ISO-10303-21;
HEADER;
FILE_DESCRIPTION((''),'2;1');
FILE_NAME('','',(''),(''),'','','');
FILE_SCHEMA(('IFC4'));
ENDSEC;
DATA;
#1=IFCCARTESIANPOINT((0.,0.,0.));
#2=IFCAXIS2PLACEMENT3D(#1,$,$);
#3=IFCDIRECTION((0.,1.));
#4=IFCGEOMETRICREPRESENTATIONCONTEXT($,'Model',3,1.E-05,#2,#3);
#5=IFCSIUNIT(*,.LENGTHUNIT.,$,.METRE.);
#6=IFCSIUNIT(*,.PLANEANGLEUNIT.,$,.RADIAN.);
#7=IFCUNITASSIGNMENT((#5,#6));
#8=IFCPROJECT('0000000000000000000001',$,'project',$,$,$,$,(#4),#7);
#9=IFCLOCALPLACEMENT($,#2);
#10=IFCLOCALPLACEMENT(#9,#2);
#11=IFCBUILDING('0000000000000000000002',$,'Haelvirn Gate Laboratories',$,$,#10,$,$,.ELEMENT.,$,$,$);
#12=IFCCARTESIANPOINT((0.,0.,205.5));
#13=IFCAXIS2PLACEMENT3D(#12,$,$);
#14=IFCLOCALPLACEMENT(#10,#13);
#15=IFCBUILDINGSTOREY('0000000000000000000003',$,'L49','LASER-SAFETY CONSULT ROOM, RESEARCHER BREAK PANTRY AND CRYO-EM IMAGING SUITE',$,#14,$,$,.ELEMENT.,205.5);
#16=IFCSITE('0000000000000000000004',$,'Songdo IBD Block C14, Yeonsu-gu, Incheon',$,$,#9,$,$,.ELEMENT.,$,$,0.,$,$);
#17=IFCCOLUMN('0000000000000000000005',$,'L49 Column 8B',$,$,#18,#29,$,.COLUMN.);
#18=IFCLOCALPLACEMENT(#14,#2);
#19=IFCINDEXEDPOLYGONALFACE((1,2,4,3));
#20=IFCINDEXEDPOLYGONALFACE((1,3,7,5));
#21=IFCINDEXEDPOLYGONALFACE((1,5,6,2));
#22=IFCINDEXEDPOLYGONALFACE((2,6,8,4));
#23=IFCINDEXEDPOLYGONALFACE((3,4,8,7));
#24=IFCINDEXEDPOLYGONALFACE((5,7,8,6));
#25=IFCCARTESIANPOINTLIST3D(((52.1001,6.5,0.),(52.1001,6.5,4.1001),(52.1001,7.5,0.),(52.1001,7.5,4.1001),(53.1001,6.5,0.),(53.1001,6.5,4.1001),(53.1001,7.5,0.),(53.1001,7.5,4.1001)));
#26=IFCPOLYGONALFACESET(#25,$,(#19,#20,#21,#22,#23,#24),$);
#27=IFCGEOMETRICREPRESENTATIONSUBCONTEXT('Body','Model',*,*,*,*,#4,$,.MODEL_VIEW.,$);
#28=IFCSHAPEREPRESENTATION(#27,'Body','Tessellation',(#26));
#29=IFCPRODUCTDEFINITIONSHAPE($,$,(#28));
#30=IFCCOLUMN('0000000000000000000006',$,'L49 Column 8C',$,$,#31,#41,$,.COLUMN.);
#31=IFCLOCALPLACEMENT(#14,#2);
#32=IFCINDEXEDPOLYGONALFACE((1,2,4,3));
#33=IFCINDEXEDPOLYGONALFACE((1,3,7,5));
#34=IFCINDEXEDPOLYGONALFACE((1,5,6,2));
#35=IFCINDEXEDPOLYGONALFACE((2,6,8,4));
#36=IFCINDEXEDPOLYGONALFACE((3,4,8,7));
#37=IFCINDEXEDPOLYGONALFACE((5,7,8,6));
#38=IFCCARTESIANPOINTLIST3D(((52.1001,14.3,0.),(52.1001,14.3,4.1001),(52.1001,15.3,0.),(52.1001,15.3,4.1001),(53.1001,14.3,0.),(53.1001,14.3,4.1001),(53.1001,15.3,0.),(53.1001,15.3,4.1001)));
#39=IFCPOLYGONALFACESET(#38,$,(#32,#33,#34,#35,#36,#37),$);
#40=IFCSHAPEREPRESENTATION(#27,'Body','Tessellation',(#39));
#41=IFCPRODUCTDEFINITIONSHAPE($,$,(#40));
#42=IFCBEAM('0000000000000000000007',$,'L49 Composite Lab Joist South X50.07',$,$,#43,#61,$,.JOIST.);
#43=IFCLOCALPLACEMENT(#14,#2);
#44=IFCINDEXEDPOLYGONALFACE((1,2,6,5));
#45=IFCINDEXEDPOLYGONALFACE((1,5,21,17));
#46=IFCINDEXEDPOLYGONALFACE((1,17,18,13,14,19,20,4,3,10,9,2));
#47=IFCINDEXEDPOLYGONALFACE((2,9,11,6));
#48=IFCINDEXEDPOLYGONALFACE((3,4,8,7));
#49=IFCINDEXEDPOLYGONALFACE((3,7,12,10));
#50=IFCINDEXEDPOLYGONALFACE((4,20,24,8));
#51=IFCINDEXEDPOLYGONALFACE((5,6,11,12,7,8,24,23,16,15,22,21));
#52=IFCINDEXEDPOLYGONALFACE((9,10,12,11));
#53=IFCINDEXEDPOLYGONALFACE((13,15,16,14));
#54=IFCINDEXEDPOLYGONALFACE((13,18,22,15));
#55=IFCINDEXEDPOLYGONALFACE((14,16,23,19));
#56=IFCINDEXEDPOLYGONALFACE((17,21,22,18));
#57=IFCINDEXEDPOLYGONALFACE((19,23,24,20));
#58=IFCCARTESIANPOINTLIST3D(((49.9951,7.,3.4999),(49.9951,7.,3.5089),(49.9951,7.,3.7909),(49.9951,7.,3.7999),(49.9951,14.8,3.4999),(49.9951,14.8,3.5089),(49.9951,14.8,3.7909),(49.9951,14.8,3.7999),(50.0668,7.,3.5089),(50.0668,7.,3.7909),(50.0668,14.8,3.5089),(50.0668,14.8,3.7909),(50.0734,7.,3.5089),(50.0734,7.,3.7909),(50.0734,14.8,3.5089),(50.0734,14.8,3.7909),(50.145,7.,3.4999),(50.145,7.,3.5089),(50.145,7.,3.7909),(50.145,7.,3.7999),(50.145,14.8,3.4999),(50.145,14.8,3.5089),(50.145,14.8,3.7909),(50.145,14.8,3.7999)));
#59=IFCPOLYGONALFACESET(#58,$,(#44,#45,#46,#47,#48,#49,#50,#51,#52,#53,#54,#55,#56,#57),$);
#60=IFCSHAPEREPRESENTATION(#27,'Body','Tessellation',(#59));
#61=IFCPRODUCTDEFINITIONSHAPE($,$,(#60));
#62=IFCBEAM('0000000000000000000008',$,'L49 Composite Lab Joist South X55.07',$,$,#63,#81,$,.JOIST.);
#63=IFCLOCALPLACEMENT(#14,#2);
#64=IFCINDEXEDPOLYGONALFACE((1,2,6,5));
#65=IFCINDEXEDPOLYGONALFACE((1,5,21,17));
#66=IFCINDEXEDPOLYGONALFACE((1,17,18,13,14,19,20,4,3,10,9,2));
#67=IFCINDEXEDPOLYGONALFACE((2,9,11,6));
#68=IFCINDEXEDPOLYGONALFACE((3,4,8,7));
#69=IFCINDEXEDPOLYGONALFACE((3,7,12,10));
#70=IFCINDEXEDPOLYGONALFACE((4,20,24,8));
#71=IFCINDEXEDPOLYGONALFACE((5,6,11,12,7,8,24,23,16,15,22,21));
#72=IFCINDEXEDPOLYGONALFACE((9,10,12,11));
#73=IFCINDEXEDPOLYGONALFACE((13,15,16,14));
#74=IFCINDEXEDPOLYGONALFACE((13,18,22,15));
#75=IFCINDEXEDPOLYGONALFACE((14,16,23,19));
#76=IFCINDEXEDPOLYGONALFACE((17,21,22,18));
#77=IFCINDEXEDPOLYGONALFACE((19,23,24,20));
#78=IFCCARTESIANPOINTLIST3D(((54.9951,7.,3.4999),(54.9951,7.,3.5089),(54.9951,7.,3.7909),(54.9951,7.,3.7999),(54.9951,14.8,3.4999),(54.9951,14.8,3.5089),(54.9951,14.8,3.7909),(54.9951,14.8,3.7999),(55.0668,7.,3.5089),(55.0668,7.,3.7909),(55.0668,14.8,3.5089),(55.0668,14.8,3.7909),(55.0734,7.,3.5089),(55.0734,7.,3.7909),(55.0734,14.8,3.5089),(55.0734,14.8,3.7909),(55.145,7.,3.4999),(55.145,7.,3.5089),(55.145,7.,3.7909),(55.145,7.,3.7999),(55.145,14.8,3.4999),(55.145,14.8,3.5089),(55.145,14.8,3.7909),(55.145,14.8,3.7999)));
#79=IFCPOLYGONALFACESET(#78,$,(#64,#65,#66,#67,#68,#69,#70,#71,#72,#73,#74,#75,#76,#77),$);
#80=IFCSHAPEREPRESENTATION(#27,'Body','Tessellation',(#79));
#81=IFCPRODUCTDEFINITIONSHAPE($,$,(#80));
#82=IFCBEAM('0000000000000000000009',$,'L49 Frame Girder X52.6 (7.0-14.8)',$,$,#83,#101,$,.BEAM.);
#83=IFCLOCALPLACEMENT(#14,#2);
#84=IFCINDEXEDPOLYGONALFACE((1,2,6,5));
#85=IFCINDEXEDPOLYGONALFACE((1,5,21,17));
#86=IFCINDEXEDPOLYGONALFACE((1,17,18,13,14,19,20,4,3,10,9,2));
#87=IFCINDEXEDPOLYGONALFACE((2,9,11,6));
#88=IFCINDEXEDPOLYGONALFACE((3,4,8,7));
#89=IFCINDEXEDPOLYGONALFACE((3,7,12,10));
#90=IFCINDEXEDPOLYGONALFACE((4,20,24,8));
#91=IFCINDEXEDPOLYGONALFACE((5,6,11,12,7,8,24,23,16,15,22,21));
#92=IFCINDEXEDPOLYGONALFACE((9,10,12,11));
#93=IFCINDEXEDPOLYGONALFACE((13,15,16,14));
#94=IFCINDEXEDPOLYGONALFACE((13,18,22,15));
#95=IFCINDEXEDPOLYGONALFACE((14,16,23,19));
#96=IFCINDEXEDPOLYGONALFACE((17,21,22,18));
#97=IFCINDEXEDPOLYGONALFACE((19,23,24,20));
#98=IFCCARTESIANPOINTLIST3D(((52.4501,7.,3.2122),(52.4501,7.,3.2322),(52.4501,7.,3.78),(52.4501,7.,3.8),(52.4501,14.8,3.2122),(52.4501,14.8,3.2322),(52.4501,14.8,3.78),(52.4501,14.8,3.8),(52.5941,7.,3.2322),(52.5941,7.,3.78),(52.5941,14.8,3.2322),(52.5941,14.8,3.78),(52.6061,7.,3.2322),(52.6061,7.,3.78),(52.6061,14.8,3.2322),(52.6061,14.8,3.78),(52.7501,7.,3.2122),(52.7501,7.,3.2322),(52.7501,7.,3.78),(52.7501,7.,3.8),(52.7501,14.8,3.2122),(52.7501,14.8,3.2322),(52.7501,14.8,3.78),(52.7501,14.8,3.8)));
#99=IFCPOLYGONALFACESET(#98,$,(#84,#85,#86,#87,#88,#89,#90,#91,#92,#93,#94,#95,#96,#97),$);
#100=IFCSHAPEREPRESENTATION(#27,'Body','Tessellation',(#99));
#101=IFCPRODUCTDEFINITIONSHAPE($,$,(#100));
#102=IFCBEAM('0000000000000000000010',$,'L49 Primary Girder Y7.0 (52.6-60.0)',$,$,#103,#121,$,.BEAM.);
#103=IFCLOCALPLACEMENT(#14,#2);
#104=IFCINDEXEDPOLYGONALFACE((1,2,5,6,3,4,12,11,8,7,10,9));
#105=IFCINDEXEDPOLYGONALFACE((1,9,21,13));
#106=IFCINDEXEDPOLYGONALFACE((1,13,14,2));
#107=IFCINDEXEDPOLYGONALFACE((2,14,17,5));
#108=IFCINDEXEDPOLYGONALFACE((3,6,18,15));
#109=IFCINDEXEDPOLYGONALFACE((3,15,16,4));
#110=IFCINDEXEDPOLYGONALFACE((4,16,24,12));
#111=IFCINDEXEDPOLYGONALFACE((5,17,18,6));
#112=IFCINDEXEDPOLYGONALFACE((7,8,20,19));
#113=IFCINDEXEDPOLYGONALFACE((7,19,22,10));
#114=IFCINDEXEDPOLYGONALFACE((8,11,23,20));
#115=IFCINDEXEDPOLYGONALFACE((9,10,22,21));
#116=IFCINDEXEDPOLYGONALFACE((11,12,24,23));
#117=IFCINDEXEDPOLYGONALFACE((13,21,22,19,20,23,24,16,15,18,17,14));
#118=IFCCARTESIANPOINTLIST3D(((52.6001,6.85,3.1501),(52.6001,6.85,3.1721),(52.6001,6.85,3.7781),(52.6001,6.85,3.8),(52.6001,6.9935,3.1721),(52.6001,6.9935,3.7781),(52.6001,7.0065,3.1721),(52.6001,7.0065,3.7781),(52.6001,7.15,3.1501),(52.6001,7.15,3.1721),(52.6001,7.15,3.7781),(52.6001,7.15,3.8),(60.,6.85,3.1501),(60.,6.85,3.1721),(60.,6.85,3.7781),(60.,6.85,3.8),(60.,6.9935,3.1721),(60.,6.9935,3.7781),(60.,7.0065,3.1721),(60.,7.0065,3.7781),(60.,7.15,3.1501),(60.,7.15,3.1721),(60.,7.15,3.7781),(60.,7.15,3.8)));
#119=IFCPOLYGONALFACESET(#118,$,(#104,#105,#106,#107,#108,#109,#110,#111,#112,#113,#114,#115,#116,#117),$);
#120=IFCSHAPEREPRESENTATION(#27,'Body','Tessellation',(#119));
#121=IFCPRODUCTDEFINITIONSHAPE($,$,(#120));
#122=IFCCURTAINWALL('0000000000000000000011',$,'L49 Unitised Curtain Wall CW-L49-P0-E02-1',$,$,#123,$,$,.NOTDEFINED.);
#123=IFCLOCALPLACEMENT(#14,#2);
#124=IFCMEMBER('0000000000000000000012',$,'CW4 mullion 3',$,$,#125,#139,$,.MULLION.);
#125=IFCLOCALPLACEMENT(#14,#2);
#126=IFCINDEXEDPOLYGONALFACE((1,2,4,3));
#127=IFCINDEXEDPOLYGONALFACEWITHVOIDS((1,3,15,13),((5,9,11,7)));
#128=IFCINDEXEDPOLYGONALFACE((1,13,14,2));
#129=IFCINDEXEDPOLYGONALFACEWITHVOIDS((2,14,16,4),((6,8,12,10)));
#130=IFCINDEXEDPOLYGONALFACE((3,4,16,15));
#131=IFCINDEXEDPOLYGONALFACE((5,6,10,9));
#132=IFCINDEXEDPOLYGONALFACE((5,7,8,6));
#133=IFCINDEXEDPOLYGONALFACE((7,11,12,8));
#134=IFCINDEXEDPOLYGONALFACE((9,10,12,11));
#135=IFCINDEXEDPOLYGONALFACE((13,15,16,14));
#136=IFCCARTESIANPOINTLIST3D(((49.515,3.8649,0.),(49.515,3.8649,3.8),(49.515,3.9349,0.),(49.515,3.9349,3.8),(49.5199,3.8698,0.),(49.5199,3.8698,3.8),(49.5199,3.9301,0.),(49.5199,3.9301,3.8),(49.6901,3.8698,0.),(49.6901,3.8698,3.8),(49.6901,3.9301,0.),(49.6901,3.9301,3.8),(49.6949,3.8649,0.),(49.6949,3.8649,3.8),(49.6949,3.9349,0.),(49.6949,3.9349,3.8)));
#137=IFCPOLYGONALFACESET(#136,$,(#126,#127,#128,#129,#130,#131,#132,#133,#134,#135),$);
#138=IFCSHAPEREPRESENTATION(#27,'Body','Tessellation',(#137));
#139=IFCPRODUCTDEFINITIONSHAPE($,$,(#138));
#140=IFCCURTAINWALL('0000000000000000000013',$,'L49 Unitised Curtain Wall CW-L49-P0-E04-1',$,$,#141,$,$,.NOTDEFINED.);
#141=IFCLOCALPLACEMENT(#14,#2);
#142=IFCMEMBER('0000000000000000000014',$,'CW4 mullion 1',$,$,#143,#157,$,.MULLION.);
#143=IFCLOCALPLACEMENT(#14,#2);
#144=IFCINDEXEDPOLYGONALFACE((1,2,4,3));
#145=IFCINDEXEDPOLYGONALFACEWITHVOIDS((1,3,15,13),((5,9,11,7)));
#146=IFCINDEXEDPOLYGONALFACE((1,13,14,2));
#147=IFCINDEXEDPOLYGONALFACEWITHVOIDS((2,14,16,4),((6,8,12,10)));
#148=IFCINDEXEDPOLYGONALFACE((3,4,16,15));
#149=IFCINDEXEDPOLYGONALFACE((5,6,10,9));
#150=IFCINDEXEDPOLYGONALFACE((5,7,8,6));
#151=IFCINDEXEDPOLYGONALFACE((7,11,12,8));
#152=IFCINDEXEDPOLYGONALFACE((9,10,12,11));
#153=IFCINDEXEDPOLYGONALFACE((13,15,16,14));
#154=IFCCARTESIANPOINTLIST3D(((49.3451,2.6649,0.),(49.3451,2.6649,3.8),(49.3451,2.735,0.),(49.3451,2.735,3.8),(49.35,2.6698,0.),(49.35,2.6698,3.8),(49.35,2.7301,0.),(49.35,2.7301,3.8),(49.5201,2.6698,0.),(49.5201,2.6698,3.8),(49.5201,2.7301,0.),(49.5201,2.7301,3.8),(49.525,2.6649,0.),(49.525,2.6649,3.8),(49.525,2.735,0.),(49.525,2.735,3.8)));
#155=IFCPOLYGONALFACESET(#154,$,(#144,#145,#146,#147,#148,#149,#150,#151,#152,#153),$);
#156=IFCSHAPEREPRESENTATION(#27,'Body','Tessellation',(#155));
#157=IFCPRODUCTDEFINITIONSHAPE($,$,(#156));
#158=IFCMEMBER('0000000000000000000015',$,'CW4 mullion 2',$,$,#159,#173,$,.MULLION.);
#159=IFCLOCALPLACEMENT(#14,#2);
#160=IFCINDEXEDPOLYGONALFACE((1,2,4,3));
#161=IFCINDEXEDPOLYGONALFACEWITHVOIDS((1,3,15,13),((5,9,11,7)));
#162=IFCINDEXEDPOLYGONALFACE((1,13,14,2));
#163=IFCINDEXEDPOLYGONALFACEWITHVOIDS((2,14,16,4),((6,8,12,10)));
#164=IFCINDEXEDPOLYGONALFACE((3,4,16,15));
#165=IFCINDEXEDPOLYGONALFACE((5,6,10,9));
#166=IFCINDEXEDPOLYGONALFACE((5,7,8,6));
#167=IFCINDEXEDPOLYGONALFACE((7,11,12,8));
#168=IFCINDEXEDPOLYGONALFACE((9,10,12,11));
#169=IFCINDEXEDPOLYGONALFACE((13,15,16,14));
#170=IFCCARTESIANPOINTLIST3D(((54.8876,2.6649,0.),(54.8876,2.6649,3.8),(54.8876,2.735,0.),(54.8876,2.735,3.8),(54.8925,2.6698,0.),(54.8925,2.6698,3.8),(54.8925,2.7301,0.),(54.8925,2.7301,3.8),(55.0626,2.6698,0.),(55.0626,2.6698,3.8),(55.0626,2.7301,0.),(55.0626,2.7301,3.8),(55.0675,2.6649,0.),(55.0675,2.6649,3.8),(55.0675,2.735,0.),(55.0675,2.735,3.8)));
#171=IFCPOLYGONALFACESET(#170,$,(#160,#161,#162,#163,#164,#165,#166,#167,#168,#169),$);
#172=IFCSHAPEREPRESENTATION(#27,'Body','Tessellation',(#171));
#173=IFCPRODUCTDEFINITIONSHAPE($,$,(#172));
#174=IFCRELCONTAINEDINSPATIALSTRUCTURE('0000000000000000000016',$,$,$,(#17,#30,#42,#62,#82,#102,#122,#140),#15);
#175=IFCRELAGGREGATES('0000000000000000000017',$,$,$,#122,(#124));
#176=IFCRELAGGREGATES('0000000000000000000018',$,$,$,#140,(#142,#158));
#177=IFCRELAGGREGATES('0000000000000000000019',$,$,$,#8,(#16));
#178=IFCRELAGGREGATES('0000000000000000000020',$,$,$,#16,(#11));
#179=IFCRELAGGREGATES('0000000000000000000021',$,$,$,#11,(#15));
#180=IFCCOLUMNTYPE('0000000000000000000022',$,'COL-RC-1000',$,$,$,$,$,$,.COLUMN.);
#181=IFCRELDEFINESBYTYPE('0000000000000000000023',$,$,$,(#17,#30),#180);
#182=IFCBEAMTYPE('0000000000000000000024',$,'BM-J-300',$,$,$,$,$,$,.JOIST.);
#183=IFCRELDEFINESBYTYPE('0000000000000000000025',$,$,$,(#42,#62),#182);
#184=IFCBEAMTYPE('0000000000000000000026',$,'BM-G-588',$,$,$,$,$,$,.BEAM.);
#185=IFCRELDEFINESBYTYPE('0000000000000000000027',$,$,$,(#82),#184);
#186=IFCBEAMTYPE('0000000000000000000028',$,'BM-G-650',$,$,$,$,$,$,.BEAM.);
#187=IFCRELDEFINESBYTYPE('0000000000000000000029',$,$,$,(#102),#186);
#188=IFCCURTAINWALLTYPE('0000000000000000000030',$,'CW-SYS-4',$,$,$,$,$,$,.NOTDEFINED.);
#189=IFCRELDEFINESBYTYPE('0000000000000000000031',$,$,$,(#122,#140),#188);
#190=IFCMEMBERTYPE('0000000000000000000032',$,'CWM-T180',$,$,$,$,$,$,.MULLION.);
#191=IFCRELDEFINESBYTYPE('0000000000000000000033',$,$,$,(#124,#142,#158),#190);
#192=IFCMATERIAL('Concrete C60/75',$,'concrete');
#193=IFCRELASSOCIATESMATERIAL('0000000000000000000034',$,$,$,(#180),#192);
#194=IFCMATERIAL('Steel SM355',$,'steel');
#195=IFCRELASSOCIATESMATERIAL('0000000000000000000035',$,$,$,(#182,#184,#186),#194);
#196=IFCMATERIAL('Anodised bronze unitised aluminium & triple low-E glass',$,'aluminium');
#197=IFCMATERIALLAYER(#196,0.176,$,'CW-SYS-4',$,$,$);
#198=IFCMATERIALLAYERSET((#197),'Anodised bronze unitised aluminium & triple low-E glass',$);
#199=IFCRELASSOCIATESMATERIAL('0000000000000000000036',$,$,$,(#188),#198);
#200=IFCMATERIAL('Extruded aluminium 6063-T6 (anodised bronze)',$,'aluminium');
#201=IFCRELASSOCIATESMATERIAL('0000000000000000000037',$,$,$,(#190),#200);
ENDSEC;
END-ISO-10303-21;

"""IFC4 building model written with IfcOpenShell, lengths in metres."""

from ifc_helpers import new_model, si_unit, direction, frame, origin, origin_2d, place, context, subcontext, project, spatial, rectangle, hollow_rectangle, i_section, extrude, source, transform, mapped, material, layer, layer_set, material_profile, profile_set, type_object, type_shapes, element, aggregate, save


model = new_model("IFC4")

# Units and contexts
model_context = context("Model", 3, precision=1e-05, world=origin(), true_north=direction((0.0, 1.0)))
body_context = subcontext(model_context, "Body", "Model", "MODEL_VIEW")
ifc_project = project(units=[si_unit("LENGTHUNIT", "METRE"), si_unit("PLANEANGLEUNIT", "RADIAN")], contexts=[model_context])

# Site, building, storey
site_placement = place(None, origin())
site = spatial("IfcSite", under=ifc_project, at=site_placement, Name="Songdo IBD Block C14, Yeonsu-gu, Incheon", CompositionType="ELEMENT", RefElevation=0.0)
building_placement = place(site_placement, origin())
building = spatial("IfcBuilding", under=site, at=building_placement, Name="Haelvirn Gate Laboratories", CompositionType="ELEMENT")
storey_placement = place(building_placement, frame((0.0, 0.0, 205.5)))
storey = spatial("IfcBuildingStorey", under=building, at=storey_placement, Name="L49", Description="LASER-SAFETY CONSULT ROOM, RESEARCHER BREAK PANTRY AND CRYO-EM IMAGING SUITE", CompositionType="ELEMENT", Elevation=205.5)

# Columns
ifc_material_1 = material(Name="Concrete C60/75", Category="concrete")
ifc_material_profile_1 = material_profile(ifc_material_1, rectangle(XDim=1.0, YDim=1.0, at=origin_2d()), Name="RC-1000x1000")
ifc_profile_set_1 = profile_set([ifc_material_profile_1], Name="Concrete C60/75")
column_type = type_object("IfcColumnType", Name="COL-RC-1000", PredefinedType="COLUMN", material=ifc_profile_set_1)
shared_shape_1 = source(origin(), body_context, "Body", "SweptSolid", [
    extrude(rectangle(XDim=1.0, YDim=1.0, at=origin_2d()), origin(), (0.0, 0.0, 1.0), 4.1001),
])
type_shapes(column_type, [shared_shape_1])
for number, where, z_axis, x_axis, name in (
    (1, (52.6001, 7.0, 0.0), (0.0, 0.0, 1.0), (1.0, 0.0, 0.0), "L49 Column 8B"),
    (2, (52.6001, 14.8, 0.0), (0.0, 0.0, 1.0), (1.0, 0.0, 0.0), "L49 Column 8C"),
):
    element("IfcColumn", number, at=place(storey_placement, frame(where, z_axis=z_axis, x_axis=x_axis)), inside=storey, type_object=column_type, Name=name, PredefinedType="COLUMN", context=body_context, shape_type="MappedRepresentation", body=[
        mapped(shared_shape_1, transform((0.0, 0.0, 0.0), scale=1.0)),
    ])

# Beams
ifc_material_2 = material(Name="Steel SM355", Category="steel")
ifc_material_profile_2 = material_profile(ifc_material_2, i_section(OverallWidth=0.1499, OverallDepth=0.3, WebThickness=0.0066, FlangeThickness=0.009, at=origin_2d()), Name="H-300x150x6.5x9")
ifc_profile_set_2 = profile_set([ifc_material_profile_2], Name="Steel SM355")
beam_type_1 = type_object("IfcBeamType", Name="BM-J-300", PredefinedType="JOIST", material=ifc_profile_set_2)
shared_shape_2 = source(origin(), body_context, "Body", "SweptSolid", [
    extrude(i_section(OverallWidth=0.1499, OverallDepth=0.3, WebThickness=0.0066, FlangeThickness=0.009, at=origin_2d()), origin(), (0.0, 0.0, 1.0), 7.8),
])
type_shapes(beam_type_1, [shared_shape_2])
for number, where, z_axis, x_axis, name in (
    (3, (50.0701, 7.0, 3.6499), (0.0, 1.0, 0.0), (-1.0, 0.0, 0.0), "L49 Composite Lab Joist South X50.07"),
    (4, (55.0701, 7.0, 3.6499), (0.0, 1.0, 0.0), (-1.0, 0.0, 0.0), "L49 Composite Lab Joist South X55.07"),
):
    element("IfcBeam", number, at=place(storey_placement, frame(where, z_axis=z_axis, x_axis=x_axis)), inside=storey, type_object=beam_type_1, Name=name, PredefinedType="JOIST", context=body_context, shape_type="MappedRepresentation", body=[
        mapped(shared_shape_2, transform((0.0, 0.0, 0.0), scale=1.0)),
    ])
ifc_material_profile_3 = material_profile(ifc_material_2, i_section(OverallWidth=0.3, OverallDepth=0.5879, WebThickness=0.012, FlangeThickness=0.02, at=origin_2d()), Name="H-588x300x12x20")
ifc_profile_set_3 = profile_set([ifc_material_profile_3], Name="Steel SM355")
beam_type_2 = type_object("IfcBeamType", Name="BM-G-588", PredefinedType="BEAM", material=ifc_profile_set_3)
shared_shape_3 = source(origin(), body_context, "Body", "SweptSolid", [
    extrude(i_section(OverallWidth=0.3, OverallDepth=0.5879, WebThickness=0.012, FlangeThickness=0.02, at=origin_2d()), origin(), (0.0, 0.0, 1.0), 7.8),
])
type_shapes(beam_type_2, [shared_shape_3])
beam_1_placement = place(storey_placement, frame((52.6001, 7.0, 3.5061), z_axis=(0.0, 1.0, 0.0), x_axis=(-1.0, 0.0, 0.0)))
element("IfcBeam", 5, at=beam_1_placement, inside=storey, type_object=beam_type_2, Name="L49 Frame Girder X52.6 (7.0-14.8)", PredefinedType="BEAM", context=body_context, shape_type="MappedRepresentation", body=[
    mapped(shared_shape_3, transform((0.0, 0.0, 0.0), scale=1.0)),
])
ifc_material_profile_4 = material_profile(ifc_material_2, i_section(OverallWidth=0.3, OverallDepth=0.6499, WebThickness=0.0129, FlangeThickness=0.022, at=origin_2d()), Name="H-650x300x13x22")
ifc_profile_set_4 = profile_set([ifc_material_profile_4], Name="Steel SM355")
beam_type_3 = type_object("IfcBeamType", Name="BM-G-650", PredefinedType="BEAM", material=ifc_profile_set_4)
shared_shape_4 = source(origin(), body_context, "Body", "SweptSolid", [
    extrude(i_section(OverallWidth=0.3, OverallDepth=0.6499, WebThickness=0.0129, FlangeThickness=0.022, at=origin_2d()), origin(), (0.0, 0.0, 1.0), 7.3999),
])
type_shapes(beam_type_3, [shared_shape_4])
beam_2_placement = place(storey_placement, frame((52.6001, 7.0, 3.4751), z_axis=(1.0, 0.0, 0.0), x_axis=(0.0, 1.0, 0.0)))
element("IfcBeam", 6, at=beam_2_placement, inside=storey, type_object=beam_type_3, Name="L49 Primary Girder Y7.0 (52.6-60.0)", PredefinedType="BEAM", context=body_context, shape_type="MappedRepresentation", body=[
    mapped(shared_shape_4, transform((0.0, 0.0, 0.0), scale=1.0)),
])

# Curtain wall, member
ifc_material_3 = material(Name="Anodised bronze unitised aluminium & triple low-E glass", Category="aluminium")
ifc_layer_1 = layer(ifc_material_3, 0.176, Name="CW-SYS-4")
ifc_layer_set_1 = layer_set([ifc_layer_1], Name="Anodised bronze unitised aluminium & triple low-E glass")
curtain_wall_type = type_object("IfcCurtainWallType", Name="CW-SYS-4", PredefinedType="NOTDEFINED", material=ifc_layer_set_1)
curtain_wall_1_placement = place(storey_placement, origin())
curtain_wall_1 = element("IfcCurtainWall", 7, at=curtain_wall_1_placement, inside=storey, type_object=curtain_wall_type, Name="L49 Unitised Curtain Wall CW-L49-P0-E02-1", PredefinedType="NOTDEFINED")
ifc_material_4 = material(Name="Extruded aluminium 6063-T6 (anodised bronze)", Category="aluminium")
ifc_material_profile_5 = material_profile(ifc_material_4, hollow_rectangle(XDim=0.0701, YDim=0.1799, WallThickness=0.0049, at=origin_2d()), Name="CWM-180x70x5")
ifc_profile_set_5 = profile_set([ifc_material_profile_5], Name="Extruded aluminium 6063-T6 (anodised bronze)")
member_type_1 = type_object("IfcMemberType", Name="CWM-T180", PredefinedType="MULLION", material=ifc_profile_set_5)
shared_shape_5 = source(origin(), body_context, "Body", "SweptSolid", [
    extrude(hollow_rectangle(XDim=0.0701, YDim=0.1799, WallThickness=0.0049, at=origin_2d()), origin(), (0.0, 0.0, 1.0), 3.8),
])
type_shapes(member_type_1, [shared_shape_5])
member_1_placement = place(storey_placement, frame((49.605, 3.8999, 0.0), z_axis=(0.0, 0.0, 1.0), x_axis=(0.0, 1.0, 0.0)))
member_1 = element("IfcMember", 8, at=member_1_placement, type_object=member_type_1, Name="CW4 mullion 3", PredefinedType="MULLION", context=body_context, shape_type="MappedRepresentation", body=[
    mapped(shared_shape_5, transform((0.0, 0.0, 0.0), scale=1.0)),
])
aggregate(curtain_wall_1, [member_1])

# Curtain wall, members
curtain_wall_2_placement = place(storey_placement, origin())
curtain_wall_2 = element("IfcCurtainWall", 9, at=curtain_wall_2_placement, inside=storey, type_object=curtain_wall_type, Name="L49 Unitised Curtain Wall CW-L49-P0-E04-1", PredefinedType="NOTDEFINED")
member_2_placement = place(storey_placement, frame((49.4351, 2.7, 0.0), z_axis=(0.0, 0.0, 1.0), x_axis=(0.0, 1.0, 0.0)))
member_2 = element("IfcMember", 10, at=member_2_placement, type_object=member_type_1, Name="CW4 mullion 1", PredefinedType="MULLION", context=body_context, shape_type="MappedRepresentation", body=[
    mapped(shared_shape_5, transform((0.0, 0.0, 0.0), scale=1.0)),
])
member_3_placement = place(storey_placement, frame((54.9775, 2.7, 0.0), z_axis=(0.0, 0.0, 1.0), x_axis=(0.0, 1.0, 0.0)))
member_3 = element("IfcMember", 11, at=member_3_placement, type_object=member_type_1, Name="CW4 mullion 2", PredefinedType="MULLION", context=body_context, shape_type="MappedRepresentation", body=[
    mapped(shared_shape_5, transform((0.0, 0.0, 0.0), scale=1.0)),
])
aggregate(curtain_wall_2, [member_2, member_3])

save(model, "model.ifc")
